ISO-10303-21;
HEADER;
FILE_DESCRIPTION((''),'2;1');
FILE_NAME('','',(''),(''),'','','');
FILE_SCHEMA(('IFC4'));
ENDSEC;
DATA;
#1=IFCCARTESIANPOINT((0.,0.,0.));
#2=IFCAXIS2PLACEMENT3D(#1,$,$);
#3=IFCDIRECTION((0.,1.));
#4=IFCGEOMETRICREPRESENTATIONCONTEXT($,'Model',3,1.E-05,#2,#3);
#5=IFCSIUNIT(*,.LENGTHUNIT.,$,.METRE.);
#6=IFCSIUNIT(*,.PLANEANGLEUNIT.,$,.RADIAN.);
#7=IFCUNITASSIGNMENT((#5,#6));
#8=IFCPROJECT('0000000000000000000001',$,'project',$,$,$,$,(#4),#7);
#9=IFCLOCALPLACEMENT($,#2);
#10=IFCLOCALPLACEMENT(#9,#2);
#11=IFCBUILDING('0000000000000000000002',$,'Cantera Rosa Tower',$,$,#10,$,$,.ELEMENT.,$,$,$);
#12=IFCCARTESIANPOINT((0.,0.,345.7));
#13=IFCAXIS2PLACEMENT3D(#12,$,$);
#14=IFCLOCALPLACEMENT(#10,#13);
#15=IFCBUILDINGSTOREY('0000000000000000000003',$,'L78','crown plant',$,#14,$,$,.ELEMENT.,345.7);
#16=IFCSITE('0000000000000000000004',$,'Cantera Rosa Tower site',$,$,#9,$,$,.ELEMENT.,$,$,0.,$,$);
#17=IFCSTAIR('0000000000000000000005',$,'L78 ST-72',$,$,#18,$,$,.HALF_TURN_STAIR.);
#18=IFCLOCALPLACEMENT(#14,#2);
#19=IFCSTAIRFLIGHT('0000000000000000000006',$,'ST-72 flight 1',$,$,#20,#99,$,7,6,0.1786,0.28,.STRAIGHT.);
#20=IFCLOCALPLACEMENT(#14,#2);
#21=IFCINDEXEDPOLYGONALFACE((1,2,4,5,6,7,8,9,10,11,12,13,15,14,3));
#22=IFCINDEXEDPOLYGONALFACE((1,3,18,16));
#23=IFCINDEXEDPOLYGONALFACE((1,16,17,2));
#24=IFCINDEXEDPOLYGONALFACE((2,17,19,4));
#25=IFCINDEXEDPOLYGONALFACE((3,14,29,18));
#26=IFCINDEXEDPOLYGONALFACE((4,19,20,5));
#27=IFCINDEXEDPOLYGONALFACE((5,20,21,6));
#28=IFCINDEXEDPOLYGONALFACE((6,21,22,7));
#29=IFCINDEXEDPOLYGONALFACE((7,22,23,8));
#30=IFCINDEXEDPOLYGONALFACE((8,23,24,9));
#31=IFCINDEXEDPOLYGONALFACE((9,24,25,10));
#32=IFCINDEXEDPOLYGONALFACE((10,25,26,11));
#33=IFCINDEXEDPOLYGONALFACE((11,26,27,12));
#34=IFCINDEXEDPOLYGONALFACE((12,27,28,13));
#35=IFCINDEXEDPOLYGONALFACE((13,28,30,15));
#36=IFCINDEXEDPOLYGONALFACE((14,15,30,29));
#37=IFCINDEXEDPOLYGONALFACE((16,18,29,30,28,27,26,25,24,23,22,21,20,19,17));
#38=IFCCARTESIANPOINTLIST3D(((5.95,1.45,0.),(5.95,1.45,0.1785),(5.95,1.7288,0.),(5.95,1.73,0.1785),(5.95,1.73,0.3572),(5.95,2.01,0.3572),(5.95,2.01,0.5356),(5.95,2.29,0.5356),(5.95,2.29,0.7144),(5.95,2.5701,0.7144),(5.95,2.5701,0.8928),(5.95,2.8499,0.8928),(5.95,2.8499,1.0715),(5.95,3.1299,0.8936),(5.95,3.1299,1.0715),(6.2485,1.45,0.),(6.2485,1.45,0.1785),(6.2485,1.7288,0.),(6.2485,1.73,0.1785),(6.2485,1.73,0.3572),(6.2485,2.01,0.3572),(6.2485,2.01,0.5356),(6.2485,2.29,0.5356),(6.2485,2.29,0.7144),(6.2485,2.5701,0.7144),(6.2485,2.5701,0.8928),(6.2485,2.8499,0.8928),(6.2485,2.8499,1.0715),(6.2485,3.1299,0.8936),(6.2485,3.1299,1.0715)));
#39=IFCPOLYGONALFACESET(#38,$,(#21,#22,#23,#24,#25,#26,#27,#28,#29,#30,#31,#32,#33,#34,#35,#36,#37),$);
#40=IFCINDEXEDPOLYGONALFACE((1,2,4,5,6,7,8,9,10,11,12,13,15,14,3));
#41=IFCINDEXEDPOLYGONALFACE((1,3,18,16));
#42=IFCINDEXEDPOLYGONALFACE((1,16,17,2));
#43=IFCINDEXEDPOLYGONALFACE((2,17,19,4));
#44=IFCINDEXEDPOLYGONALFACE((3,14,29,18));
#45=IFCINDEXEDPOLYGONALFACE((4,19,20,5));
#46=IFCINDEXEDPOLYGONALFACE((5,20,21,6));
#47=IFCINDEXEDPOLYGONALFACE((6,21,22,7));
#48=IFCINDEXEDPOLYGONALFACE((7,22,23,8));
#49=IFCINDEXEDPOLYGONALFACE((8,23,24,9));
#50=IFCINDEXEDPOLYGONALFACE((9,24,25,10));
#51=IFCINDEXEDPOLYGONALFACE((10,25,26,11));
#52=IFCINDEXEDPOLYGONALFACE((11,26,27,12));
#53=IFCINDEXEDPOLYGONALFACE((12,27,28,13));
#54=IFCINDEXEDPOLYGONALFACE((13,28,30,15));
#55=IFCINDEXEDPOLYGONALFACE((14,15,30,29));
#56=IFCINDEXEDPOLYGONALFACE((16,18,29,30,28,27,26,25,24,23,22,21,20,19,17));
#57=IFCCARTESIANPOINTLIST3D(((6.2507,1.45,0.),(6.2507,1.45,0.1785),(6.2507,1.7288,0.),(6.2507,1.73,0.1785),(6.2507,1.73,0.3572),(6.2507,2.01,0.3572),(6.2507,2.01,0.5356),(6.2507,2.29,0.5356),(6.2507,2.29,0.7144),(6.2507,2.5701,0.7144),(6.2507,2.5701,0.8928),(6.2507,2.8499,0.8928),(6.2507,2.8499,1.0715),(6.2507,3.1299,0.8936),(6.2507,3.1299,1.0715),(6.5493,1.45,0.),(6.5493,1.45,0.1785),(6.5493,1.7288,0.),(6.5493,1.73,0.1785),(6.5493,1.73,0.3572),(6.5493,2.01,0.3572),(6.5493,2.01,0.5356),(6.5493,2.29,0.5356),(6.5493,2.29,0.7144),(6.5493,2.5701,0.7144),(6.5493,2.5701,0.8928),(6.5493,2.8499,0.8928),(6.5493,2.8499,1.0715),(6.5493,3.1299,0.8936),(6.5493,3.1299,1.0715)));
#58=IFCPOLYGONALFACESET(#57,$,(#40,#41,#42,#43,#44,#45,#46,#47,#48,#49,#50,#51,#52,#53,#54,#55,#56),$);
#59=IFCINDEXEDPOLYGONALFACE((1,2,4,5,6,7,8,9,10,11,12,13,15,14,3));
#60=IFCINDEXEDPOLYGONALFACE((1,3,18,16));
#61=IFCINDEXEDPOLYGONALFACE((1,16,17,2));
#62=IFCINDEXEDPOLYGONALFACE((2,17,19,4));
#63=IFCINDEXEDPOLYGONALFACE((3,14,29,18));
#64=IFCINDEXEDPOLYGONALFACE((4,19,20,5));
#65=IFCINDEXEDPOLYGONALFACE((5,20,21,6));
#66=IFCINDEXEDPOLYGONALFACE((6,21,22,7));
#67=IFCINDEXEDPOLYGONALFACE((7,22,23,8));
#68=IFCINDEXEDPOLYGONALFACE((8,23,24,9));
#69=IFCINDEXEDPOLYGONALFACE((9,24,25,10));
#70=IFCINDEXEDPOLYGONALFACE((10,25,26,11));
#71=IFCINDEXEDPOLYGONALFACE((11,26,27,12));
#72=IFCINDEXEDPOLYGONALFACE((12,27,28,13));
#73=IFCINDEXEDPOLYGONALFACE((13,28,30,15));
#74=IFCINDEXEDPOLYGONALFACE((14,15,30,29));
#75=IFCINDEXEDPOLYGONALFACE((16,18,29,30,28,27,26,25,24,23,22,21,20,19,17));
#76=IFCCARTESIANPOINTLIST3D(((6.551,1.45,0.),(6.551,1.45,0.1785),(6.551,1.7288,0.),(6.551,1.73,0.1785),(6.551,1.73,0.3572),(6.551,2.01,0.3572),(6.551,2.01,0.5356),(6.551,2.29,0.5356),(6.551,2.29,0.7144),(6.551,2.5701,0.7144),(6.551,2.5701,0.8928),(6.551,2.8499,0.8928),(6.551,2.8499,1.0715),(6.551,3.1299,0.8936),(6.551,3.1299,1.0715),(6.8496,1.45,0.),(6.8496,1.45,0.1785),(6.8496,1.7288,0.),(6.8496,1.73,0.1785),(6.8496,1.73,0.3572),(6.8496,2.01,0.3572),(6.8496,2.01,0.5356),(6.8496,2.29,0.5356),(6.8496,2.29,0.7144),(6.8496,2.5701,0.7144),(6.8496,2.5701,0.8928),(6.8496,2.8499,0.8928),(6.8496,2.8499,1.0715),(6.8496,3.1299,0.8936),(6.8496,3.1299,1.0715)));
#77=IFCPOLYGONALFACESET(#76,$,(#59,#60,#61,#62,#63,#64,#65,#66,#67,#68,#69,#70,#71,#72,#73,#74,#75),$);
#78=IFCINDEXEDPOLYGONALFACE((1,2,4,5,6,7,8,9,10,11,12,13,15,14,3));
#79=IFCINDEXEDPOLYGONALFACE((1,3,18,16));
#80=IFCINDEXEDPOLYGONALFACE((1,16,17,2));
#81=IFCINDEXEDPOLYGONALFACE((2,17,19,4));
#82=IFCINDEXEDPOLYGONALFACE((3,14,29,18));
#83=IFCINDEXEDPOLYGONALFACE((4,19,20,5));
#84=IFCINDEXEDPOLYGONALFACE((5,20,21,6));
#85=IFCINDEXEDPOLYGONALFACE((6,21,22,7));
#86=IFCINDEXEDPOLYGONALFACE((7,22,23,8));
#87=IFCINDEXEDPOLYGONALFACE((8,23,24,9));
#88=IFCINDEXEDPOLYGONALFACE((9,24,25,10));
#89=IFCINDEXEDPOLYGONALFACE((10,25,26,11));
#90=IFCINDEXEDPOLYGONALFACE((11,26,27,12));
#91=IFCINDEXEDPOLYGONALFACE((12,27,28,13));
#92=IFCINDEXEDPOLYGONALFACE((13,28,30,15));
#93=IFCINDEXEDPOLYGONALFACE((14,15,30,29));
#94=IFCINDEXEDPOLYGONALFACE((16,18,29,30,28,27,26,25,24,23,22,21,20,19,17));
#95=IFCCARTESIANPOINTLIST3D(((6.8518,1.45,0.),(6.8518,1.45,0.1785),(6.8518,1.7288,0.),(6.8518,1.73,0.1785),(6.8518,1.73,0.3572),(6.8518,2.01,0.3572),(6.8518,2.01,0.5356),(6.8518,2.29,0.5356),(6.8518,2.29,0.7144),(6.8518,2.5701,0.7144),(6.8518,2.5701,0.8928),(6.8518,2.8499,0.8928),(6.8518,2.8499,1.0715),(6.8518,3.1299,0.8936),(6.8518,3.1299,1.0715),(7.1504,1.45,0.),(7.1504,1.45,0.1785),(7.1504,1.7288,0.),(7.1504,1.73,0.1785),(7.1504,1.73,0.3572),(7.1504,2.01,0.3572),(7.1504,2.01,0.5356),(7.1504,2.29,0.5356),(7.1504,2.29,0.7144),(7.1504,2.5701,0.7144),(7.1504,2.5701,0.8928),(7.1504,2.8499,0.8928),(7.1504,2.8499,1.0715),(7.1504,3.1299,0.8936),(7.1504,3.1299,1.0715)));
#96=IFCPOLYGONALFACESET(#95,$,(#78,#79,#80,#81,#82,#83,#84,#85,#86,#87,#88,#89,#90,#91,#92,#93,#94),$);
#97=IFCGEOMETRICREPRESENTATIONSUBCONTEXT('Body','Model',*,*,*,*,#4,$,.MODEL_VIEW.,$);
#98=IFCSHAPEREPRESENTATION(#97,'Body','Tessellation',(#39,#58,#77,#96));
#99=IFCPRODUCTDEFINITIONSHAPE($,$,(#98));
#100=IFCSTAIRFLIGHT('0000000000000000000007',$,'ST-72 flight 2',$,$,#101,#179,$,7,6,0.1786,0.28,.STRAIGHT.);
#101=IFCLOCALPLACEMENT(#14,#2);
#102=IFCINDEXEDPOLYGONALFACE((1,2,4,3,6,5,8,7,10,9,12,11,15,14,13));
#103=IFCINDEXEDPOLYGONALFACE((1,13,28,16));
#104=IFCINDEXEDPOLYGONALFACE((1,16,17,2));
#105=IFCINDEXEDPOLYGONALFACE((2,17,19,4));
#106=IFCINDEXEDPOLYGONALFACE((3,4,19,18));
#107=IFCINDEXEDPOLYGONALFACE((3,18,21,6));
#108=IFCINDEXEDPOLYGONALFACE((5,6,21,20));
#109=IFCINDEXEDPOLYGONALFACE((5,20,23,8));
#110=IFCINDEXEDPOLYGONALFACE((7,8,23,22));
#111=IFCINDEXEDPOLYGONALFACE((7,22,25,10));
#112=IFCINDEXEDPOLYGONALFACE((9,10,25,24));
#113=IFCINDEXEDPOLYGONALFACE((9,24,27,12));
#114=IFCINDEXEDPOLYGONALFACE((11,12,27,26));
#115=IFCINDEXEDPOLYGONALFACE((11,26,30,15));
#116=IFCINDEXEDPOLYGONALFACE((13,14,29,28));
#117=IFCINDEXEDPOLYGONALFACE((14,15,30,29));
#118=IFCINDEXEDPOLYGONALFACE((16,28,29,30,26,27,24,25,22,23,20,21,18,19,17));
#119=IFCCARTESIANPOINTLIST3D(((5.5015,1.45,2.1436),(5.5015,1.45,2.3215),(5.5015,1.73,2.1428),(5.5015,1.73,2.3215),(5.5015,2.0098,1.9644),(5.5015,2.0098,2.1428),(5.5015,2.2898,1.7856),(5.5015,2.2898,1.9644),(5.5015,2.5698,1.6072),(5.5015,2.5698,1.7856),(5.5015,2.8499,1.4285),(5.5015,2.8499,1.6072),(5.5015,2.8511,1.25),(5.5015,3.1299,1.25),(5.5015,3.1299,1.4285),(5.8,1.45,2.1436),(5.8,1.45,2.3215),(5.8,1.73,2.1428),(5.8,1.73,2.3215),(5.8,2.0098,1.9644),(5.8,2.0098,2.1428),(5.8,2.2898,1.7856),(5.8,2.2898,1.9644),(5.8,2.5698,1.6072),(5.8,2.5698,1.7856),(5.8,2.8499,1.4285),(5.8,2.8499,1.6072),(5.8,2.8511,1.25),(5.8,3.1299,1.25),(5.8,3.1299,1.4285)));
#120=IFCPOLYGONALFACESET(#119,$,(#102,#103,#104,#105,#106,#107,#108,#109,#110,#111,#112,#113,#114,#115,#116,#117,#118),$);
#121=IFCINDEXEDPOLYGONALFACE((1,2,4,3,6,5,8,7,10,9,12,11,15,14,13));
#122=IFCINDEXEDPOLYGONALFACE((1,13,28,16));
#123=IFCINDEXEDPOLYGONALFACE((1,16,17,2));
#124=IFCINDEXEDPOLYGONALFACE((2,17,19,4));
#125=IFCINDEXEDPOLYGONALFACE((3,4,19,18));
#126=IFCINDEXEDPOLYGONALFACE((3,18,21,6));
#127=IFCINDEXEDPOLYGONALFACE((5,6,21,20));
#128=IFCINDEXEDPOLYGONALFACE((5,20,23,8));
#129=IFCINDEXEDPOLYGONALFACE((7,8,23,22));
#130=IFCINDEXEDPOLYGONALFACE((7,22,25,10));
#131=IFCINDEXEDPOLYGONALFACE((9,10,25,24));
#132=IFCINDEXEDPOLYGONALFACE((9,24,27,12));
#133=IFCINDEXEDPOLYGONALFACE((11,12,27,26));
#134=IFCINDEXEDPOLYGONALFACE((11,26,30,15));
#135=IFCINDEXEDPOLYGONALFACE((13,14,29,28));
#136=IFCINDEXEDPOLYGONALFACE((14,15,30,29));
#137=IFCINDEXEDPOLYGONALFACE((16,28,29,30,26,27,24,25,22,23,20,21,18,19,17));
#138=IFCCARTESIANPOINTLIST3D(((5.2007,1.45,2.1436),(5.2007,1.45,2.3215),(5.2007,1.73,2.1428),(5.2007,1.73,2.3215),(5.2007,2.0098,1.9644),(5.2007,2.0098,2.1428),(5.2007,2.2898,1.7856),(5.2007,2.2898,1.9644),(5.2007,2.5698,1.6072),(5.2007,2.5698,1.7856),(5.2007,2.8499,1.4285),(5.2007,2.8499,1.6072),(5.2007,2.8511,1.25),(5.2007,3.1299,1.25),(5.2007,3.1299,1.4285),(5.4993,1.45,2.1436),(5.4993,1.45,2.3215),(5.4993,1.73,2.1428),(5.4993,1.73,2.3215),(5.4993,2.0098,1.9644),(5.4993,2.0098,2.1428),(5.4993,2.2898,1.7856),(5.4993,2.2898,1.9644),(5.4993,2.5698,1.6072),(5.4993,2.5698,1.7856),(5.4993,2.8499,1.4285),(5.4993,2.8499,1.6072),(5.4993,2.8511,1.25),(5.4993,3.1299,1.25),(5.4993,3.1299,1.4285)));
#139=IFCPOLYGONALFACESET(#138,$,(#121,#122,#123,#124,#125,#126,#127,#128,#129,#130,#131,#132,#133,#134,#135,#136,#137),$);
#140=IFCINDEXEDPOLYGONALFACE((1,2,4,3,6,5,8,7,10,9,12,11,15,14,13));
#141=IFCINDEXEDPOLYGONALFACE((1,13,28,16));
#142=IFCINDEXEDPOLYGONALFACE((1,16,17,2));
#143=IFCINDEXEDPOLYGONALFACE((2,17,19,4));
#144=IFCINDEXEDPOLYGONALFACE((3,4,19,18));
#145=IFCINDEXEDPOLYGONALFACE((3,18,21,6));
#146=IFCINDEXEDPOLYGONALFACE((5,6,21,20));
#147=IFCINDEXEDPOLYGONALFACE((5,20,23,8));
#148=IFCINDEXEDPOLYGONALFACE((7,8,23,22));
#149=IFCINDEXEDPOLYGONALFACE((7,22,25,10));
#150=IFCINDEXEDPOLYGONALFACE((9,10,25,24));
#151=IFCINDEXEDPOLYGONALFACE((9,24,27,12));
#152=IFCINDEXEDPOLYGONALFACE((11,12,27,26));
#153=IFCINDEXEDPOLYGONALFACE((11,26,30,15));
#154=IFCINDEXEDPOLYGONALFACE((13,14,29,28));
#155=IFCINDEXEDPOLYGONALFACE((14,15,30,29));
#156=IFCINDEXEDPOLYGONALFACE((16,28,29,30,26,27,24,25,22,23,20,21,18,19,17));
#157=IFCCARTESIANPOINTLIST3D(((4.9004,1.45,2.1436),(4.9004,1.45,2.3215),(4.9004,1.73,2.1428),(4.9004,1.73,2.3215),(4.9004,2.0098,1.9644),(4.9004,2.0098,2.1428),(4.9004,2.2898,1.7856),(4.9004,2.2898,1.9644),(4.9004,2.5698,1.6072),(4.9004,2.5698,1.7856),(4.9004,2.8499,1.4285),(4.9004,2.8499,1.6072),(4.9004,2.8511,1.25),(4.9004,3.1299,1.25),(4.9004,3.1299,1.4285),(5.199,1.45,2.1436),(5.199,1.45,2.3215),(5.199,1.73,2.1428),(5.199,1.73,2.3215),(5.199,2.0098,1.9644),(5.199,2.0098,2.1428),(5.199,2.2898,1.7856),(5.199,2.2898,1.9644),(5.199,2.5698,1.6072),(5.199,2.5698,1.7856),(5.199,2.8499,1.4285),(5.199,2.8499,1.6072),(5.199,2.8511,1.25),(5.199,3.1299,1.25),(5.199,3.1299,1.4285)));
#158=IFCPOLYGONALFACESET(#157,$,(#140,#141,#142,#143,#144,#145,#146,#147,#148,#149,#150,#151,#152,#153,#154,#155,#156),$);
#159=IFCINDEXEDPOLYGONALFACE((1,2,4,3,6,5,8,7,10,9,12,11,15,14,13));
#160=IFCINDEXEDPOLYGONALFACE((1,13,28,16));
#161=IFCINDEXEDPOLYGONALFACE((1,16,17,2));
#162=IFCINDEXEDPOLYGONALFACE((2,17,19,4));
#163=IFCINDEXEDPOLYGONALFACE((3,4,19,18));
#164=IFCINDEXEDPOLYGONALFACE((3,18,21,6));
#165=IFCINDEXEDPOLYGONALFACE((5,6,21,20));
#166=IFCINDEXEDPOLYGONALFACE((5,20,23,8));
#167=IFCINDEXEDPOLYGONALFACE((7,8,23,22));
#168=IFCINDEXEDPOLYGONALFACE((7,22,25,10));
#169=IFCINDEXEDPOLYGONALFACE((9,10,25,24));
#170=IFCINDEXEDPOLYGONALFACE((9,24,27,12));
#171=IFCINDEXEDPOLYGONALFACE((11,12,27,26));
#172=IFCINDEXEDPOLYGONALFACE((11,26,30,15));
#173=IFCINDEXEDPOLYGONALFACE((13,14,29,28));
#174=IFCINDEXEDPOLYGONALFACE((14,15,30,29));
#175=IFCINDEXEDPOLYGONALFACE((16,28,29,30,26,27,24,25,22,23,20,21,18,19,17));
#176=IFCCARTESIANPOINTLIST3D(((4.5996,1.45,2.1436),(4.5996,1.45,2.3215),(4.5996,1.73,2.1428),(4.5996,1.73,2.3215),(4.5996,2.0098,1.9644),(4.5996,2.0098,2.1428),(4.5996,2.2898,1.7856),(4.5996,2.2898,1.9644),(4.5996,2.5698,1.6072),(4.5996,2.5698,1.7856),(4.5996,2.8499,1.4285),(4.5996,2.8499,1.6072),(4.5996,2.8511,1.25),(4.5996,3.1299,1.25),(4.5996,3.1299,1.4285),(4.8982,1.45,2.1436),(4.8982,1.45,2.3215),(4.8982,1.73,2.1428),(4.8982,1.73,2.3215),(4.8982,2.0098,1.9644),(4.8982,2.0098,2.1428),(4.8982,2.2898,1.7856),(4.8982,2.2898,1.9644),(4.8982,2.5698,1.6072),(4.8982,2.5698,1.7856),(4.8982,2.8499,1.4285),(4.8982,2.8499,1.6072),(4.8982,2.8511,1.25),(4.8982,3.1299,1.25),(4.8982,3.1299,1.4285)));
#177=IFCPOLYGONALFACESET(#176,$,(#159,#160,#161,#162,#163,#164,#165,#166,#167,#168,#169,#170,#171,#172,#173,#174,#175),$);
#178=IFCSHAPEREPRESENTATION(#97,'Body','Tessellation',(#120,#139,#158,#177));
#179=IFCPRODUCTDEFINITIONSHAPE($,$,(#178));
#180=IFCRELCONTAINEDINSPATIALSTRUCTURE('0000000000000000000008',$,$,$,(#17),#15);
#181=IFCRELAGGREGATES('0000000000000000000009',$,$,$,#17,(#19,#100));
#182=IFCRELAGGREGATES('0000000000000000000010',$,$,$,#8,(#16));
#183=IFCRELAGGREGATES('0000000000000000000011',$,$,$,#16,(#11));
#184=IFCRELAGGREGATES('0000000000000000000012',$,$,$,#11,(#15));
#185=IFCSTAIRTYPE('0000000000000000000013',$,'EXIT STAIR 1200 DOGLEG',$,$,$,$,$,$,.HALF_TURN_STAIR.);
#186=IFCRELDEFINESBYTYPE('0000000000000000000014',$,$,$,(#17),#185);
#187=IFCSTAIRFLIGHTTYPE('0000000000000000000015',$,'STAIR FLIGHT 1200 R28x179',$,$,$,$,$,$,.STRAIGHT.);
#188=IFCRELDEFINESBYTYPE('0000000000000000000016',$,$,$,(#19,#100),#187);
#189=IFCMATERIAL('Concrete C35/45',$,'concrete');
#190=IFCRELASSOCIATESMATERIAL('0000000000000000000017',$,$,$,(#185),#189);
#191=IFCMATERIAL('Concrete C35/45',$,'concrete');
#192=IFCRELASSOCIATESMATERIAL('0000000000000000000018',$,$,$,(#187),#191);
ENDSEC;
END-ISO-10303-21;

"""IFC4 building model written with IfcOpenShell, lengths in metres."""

from ifc_helpers import new_model, si_unit, direction, frame, origin, place, context, subcontext, project, spatial, polyline, outline, extrude, material, type_object, element, aggregate, save


model = new_model("IFC4")

# Units and contexts
model_context = context("Model", 3, precision=1e-05, world=origin(), true_north=direction((0.0, 1.0)))
body_context = subcontext(model_context, "Body", "Model", "MODEL_VIEW")
ifc_project = project(units=[si_unit("LENGTHUNIT", "METRE"), si_unit("PLANEANGLEUNIT", "RADIAN")], contexts=[model_context])

# Site, building, storey
site_placement = place(None, origin())
site = spatial("IfcSite", under=ifc_project, at=site_placement, Name="Cantera Rosa Tower site", CompositionType="ELEMENT", RefElevation=0.0)
building_placement = place(site_placement, origin())
building = spatial("IfcBuilding", under=site, at=building_placement, Name="Cantera Rosa Tower", CompositionType="ELEMENT")
storey_placement = place(building_placement, frame((0.0, 0.0, 345.7)))
storey = spatial("IfcBuildingStorey", under=building, at=storey_placement, Name="L78", Description="crown plant", CompositionType="ELEMENT", Elevation=345.7)

# Stair, stair flights
ifc_material_1 = material(Name="Concrete C35/45", Category="concrete")
stair_type = type_object("IfcStairType", Name="EXIT STAIR 1200 DOGLEG", PredefinedType="HALF_TURN_STAIR", material=ifc_material_1)
stair_placement = place(storey_placement, origin())
stair = element("IfcStair", 1, at=stair_placement, inside=storey, type_object=stair_type, Name="L78 ST-72", PredefinedType="HALF_TURN_STAIR")
ifc_material_2 = material(Name="Concrete C35/45", Category="concrete")
stair_flight_type = type_object("IfcStairFlightType", Name="STAIR FLIGHT 1200 R28x179", PredefinedType="STRAIGHT", material=ifc_material_2)
stair_flight_1_placement = place(storey_placement, frame((6.55, 1.45, 0.0), z_axis=(0.0, 0.0, 1.0), x_axis=(0.0, 1.0, 0.0)))
stair_flight_1 = element("IfcStairFlight", 2, at=stair_flight_1_placement, type_object=stair_flight_type, Name="ST-72 flight 1", NumberOfRisers=7, NumberOfTreads=6, PredefinedType="STRAIGHT", RiserHeight=0.1786, TreadLength=0.28, context=body_context, shape_type="SweptSolid", body=[
    extrude(outline(polyline([(0.0, 0.0), (0.0, 0.1785), (0.28, 0.1785), (0.28, 0.3572), (0.5601, 0.3572), (0.5601, 0.5356), (0.8401, 0.5356), (0.8401, 0.7144), (1.1201, 0.7144), (1.1201, 0.8928), (1.3999, 0.8928), (1.3999, 1.0715), (1.6799, 1.0715), (1.6799, 1.25), (1.6799, 0.8936), (0.2788, 0.0), (0.0, 0.0)])), frame((0.0, 0.6001, 0.0), z_axis=(0.0, -1.0, 0.0), x_axis=(1.0, 0.0, 0.0)), (0.0, 0.0, 1.0), 0.2986),
    extrude(outline(polyline([(0.0, 0.0), (0.0, 0.1785), (0.28, 0.1785), (0.28, 0.3572), (0.5601, 0.3572), (0.5601, 0.5356), (0.8401, 0.5356), (0.8401, 0.7144), (1.1201, 0.7144), (1.1201, 0.8928), (1.3999, 0.8928), (1.3999, 1.0715), (1.6799, 1.0715), (1.6799, 1.25), (1.6799, 0.8936), (0.2788, 0.0), (0.0, 0.0)])), frame((0.0, 0.2993, 0.0), z_axis=(0.0, -1.0, 0.0), x_axis=(1.0, 0.0, 0.0)), (0.0, 0.0, 1.0), 0.2986),
    extrude(outline(polyline([(0.0, 0.0), (0.0, 0.1785), (0.28, 0.1785), (0.28, 0.3572), (0.5601, 0.3572), (0.5601, 0.5356), (0.8401, 0.5356), (0.8401, 0.7144), (1.1201, 0.7144), (1.1201, 0.8928), (1.3999, 0.8928), (1.3999, 1.0715), (1.6799, 1.0715), (1.6799, 1.25), (1.6799, 0.8936), (0.2788, 0.0), (0.0, 0.0)])), frame((0.0, -0.001, 0.0), z_axis=(0.0, -1.0, 0.0), x_axis=(1.0, 0.0, 0.0)), (0.0, 0.0, 1.0), 0.2986),
    extrude(outline(polyline([(0.0, 0.0), (0.0, 0.1785), (0.28, 0.1785), (0.28, 0.3572), (0.5601, 0.3572), (0.5601, 0.5356), (0.8401, 0.5356), (0.8401, 0.7144), (1.1201, 0.7144), (1.1201, 0.8928), (1.3999, 0.8928), (1.3999, 1.0715), (1.6799, 1.0715), (1.6799, 1.25), (1.6799, 0.8936), (0.2788, 0.0), (0.0, 0.0)])), frame((0.0, -0.3018, 0.0), z_axis=(0.0, -1.0, 0.0), x_axis=(1.0, 0.0, 0.0)), (0.0, 0.0, 1.0), 0.2986),
])
stair_flight_2_placement = place(storey_placement, frame((5.2, 3.1299, 1.25), z_axis=(0.0, 0.0, 1.0), x_axis=(0.0, -1.0, 0.0)))
stair_flight_2 = element("IfcStairFlight", 3, at=stair_flight_2_placement, type_object=stair_flight_type, Name="ST-72 flight 2", NumberOfRisers=7, NumberOfTreads=6, PredefinedType="STRAIGHT", RiserHeight=0.1786, TreadLength=0.28, context=body_context, shape_type="SweptSolid", body=[
    extrude(outline(polyline([(0.0, 0.0), (0.0, 0.1785), (0.28, 0.1785), (0.28, 0.3572), (0.5601, 0.3572), (0.5601, 0.5356), (0.8401, 0.5356), (0.8401, 0.7144), (1.1201, 0.7144), (1.1201, 0.8928), (1.3999, 0.8928), (1.3999, 1.0715), (1.6799, 1.0715), (1.6799, 1.25), (1.6799, 0.8936), (0.2788, 0.0), (0.0, 0.0)])), frame((0.0, 0.6001, 0.0), z_axis=(0.0, -1.0, 0.0), x_axis=(1.0, 0.0, 0.0)), (0.0, 0.0, 1.0), 0.2986),
    extrude(outline(polyline([(0.0, 0.0), (0.0, 0.1785), (0.28, 0.1785), (0.28, 0.3572), (0.5601, 0.3572), (0.5601, 0.5356), (0.8401, 0.5356), (0.8401, 0.7144), (1.1201, 0.7144), (1.1201, 0.8928), (1.3999, 0.8928), (1.3999, 1.0715), (1.6799, 1.0715), (1.6799, 1.25), (1.6799, 0.8936), (0.2788, 0.0), (0.0, 0.0)])), frame((0.0, 0.2993, 0.0), z_axis=(0.0, -1.0, 0.0), x_axis=(1.0, 0.0, 0.0)), (0.0, 0.0, 1.0), 0.2986),
    extrude(outline(polyline([(0.0, 0.0), (0.0, 0.1785), (0.28, 0.1785), (0.28, 0.3572), (0.5601, 0.3572), (0.5601, 0.5356), (0.8401, 0.5356), (0.8401, 0.7144), (1.1201, 0.7144), (1.1201, 0.8928), (1.3999, 0.8928), (1.3999, 1.0715), (1.6799, 1.0715), (1.6799, 1.25), (1.6799, 0.8936), (0.2788, 0.0), (0.0, 0.0)])), frame((0.0, -0.001, 0.0), z_axis=(0.0, -1.0, 0.0), x_axis=(1.0, 0.0, 0.0)), (0.0, 0.0, 1.0), 0.2986),
    extrude(outline(polyline([(0.0, 0.0), (0.0, 0.1785), (0.28, 0.1785), (0.28, 0.3572), (0.5601, 0.3572), (0.5601, 0.5356), (0.8401, 0.5356), (0.8401, 0.7144), (1.1201, 0.7144), (1.1201, 0.8928), (1.3999, 0.8928), (1.3999, 1.0715), (1.6799, 1.0715), (1.6799, 1.25), (1.6799, 0.8936), (0.2788, 0.0), (0.0, 0.0)])), frame((0.0, -0.3018, 0.0), z_axis=(0.0, -1.0, 0.0), x_axis=(1.0, 0.0, 0.0)), (0.0, 0.0, 1.0), 0.2986),
])
aggregate(stair, [stair_flight_1, stair_flight_2])

save(model, "model.ifc")
